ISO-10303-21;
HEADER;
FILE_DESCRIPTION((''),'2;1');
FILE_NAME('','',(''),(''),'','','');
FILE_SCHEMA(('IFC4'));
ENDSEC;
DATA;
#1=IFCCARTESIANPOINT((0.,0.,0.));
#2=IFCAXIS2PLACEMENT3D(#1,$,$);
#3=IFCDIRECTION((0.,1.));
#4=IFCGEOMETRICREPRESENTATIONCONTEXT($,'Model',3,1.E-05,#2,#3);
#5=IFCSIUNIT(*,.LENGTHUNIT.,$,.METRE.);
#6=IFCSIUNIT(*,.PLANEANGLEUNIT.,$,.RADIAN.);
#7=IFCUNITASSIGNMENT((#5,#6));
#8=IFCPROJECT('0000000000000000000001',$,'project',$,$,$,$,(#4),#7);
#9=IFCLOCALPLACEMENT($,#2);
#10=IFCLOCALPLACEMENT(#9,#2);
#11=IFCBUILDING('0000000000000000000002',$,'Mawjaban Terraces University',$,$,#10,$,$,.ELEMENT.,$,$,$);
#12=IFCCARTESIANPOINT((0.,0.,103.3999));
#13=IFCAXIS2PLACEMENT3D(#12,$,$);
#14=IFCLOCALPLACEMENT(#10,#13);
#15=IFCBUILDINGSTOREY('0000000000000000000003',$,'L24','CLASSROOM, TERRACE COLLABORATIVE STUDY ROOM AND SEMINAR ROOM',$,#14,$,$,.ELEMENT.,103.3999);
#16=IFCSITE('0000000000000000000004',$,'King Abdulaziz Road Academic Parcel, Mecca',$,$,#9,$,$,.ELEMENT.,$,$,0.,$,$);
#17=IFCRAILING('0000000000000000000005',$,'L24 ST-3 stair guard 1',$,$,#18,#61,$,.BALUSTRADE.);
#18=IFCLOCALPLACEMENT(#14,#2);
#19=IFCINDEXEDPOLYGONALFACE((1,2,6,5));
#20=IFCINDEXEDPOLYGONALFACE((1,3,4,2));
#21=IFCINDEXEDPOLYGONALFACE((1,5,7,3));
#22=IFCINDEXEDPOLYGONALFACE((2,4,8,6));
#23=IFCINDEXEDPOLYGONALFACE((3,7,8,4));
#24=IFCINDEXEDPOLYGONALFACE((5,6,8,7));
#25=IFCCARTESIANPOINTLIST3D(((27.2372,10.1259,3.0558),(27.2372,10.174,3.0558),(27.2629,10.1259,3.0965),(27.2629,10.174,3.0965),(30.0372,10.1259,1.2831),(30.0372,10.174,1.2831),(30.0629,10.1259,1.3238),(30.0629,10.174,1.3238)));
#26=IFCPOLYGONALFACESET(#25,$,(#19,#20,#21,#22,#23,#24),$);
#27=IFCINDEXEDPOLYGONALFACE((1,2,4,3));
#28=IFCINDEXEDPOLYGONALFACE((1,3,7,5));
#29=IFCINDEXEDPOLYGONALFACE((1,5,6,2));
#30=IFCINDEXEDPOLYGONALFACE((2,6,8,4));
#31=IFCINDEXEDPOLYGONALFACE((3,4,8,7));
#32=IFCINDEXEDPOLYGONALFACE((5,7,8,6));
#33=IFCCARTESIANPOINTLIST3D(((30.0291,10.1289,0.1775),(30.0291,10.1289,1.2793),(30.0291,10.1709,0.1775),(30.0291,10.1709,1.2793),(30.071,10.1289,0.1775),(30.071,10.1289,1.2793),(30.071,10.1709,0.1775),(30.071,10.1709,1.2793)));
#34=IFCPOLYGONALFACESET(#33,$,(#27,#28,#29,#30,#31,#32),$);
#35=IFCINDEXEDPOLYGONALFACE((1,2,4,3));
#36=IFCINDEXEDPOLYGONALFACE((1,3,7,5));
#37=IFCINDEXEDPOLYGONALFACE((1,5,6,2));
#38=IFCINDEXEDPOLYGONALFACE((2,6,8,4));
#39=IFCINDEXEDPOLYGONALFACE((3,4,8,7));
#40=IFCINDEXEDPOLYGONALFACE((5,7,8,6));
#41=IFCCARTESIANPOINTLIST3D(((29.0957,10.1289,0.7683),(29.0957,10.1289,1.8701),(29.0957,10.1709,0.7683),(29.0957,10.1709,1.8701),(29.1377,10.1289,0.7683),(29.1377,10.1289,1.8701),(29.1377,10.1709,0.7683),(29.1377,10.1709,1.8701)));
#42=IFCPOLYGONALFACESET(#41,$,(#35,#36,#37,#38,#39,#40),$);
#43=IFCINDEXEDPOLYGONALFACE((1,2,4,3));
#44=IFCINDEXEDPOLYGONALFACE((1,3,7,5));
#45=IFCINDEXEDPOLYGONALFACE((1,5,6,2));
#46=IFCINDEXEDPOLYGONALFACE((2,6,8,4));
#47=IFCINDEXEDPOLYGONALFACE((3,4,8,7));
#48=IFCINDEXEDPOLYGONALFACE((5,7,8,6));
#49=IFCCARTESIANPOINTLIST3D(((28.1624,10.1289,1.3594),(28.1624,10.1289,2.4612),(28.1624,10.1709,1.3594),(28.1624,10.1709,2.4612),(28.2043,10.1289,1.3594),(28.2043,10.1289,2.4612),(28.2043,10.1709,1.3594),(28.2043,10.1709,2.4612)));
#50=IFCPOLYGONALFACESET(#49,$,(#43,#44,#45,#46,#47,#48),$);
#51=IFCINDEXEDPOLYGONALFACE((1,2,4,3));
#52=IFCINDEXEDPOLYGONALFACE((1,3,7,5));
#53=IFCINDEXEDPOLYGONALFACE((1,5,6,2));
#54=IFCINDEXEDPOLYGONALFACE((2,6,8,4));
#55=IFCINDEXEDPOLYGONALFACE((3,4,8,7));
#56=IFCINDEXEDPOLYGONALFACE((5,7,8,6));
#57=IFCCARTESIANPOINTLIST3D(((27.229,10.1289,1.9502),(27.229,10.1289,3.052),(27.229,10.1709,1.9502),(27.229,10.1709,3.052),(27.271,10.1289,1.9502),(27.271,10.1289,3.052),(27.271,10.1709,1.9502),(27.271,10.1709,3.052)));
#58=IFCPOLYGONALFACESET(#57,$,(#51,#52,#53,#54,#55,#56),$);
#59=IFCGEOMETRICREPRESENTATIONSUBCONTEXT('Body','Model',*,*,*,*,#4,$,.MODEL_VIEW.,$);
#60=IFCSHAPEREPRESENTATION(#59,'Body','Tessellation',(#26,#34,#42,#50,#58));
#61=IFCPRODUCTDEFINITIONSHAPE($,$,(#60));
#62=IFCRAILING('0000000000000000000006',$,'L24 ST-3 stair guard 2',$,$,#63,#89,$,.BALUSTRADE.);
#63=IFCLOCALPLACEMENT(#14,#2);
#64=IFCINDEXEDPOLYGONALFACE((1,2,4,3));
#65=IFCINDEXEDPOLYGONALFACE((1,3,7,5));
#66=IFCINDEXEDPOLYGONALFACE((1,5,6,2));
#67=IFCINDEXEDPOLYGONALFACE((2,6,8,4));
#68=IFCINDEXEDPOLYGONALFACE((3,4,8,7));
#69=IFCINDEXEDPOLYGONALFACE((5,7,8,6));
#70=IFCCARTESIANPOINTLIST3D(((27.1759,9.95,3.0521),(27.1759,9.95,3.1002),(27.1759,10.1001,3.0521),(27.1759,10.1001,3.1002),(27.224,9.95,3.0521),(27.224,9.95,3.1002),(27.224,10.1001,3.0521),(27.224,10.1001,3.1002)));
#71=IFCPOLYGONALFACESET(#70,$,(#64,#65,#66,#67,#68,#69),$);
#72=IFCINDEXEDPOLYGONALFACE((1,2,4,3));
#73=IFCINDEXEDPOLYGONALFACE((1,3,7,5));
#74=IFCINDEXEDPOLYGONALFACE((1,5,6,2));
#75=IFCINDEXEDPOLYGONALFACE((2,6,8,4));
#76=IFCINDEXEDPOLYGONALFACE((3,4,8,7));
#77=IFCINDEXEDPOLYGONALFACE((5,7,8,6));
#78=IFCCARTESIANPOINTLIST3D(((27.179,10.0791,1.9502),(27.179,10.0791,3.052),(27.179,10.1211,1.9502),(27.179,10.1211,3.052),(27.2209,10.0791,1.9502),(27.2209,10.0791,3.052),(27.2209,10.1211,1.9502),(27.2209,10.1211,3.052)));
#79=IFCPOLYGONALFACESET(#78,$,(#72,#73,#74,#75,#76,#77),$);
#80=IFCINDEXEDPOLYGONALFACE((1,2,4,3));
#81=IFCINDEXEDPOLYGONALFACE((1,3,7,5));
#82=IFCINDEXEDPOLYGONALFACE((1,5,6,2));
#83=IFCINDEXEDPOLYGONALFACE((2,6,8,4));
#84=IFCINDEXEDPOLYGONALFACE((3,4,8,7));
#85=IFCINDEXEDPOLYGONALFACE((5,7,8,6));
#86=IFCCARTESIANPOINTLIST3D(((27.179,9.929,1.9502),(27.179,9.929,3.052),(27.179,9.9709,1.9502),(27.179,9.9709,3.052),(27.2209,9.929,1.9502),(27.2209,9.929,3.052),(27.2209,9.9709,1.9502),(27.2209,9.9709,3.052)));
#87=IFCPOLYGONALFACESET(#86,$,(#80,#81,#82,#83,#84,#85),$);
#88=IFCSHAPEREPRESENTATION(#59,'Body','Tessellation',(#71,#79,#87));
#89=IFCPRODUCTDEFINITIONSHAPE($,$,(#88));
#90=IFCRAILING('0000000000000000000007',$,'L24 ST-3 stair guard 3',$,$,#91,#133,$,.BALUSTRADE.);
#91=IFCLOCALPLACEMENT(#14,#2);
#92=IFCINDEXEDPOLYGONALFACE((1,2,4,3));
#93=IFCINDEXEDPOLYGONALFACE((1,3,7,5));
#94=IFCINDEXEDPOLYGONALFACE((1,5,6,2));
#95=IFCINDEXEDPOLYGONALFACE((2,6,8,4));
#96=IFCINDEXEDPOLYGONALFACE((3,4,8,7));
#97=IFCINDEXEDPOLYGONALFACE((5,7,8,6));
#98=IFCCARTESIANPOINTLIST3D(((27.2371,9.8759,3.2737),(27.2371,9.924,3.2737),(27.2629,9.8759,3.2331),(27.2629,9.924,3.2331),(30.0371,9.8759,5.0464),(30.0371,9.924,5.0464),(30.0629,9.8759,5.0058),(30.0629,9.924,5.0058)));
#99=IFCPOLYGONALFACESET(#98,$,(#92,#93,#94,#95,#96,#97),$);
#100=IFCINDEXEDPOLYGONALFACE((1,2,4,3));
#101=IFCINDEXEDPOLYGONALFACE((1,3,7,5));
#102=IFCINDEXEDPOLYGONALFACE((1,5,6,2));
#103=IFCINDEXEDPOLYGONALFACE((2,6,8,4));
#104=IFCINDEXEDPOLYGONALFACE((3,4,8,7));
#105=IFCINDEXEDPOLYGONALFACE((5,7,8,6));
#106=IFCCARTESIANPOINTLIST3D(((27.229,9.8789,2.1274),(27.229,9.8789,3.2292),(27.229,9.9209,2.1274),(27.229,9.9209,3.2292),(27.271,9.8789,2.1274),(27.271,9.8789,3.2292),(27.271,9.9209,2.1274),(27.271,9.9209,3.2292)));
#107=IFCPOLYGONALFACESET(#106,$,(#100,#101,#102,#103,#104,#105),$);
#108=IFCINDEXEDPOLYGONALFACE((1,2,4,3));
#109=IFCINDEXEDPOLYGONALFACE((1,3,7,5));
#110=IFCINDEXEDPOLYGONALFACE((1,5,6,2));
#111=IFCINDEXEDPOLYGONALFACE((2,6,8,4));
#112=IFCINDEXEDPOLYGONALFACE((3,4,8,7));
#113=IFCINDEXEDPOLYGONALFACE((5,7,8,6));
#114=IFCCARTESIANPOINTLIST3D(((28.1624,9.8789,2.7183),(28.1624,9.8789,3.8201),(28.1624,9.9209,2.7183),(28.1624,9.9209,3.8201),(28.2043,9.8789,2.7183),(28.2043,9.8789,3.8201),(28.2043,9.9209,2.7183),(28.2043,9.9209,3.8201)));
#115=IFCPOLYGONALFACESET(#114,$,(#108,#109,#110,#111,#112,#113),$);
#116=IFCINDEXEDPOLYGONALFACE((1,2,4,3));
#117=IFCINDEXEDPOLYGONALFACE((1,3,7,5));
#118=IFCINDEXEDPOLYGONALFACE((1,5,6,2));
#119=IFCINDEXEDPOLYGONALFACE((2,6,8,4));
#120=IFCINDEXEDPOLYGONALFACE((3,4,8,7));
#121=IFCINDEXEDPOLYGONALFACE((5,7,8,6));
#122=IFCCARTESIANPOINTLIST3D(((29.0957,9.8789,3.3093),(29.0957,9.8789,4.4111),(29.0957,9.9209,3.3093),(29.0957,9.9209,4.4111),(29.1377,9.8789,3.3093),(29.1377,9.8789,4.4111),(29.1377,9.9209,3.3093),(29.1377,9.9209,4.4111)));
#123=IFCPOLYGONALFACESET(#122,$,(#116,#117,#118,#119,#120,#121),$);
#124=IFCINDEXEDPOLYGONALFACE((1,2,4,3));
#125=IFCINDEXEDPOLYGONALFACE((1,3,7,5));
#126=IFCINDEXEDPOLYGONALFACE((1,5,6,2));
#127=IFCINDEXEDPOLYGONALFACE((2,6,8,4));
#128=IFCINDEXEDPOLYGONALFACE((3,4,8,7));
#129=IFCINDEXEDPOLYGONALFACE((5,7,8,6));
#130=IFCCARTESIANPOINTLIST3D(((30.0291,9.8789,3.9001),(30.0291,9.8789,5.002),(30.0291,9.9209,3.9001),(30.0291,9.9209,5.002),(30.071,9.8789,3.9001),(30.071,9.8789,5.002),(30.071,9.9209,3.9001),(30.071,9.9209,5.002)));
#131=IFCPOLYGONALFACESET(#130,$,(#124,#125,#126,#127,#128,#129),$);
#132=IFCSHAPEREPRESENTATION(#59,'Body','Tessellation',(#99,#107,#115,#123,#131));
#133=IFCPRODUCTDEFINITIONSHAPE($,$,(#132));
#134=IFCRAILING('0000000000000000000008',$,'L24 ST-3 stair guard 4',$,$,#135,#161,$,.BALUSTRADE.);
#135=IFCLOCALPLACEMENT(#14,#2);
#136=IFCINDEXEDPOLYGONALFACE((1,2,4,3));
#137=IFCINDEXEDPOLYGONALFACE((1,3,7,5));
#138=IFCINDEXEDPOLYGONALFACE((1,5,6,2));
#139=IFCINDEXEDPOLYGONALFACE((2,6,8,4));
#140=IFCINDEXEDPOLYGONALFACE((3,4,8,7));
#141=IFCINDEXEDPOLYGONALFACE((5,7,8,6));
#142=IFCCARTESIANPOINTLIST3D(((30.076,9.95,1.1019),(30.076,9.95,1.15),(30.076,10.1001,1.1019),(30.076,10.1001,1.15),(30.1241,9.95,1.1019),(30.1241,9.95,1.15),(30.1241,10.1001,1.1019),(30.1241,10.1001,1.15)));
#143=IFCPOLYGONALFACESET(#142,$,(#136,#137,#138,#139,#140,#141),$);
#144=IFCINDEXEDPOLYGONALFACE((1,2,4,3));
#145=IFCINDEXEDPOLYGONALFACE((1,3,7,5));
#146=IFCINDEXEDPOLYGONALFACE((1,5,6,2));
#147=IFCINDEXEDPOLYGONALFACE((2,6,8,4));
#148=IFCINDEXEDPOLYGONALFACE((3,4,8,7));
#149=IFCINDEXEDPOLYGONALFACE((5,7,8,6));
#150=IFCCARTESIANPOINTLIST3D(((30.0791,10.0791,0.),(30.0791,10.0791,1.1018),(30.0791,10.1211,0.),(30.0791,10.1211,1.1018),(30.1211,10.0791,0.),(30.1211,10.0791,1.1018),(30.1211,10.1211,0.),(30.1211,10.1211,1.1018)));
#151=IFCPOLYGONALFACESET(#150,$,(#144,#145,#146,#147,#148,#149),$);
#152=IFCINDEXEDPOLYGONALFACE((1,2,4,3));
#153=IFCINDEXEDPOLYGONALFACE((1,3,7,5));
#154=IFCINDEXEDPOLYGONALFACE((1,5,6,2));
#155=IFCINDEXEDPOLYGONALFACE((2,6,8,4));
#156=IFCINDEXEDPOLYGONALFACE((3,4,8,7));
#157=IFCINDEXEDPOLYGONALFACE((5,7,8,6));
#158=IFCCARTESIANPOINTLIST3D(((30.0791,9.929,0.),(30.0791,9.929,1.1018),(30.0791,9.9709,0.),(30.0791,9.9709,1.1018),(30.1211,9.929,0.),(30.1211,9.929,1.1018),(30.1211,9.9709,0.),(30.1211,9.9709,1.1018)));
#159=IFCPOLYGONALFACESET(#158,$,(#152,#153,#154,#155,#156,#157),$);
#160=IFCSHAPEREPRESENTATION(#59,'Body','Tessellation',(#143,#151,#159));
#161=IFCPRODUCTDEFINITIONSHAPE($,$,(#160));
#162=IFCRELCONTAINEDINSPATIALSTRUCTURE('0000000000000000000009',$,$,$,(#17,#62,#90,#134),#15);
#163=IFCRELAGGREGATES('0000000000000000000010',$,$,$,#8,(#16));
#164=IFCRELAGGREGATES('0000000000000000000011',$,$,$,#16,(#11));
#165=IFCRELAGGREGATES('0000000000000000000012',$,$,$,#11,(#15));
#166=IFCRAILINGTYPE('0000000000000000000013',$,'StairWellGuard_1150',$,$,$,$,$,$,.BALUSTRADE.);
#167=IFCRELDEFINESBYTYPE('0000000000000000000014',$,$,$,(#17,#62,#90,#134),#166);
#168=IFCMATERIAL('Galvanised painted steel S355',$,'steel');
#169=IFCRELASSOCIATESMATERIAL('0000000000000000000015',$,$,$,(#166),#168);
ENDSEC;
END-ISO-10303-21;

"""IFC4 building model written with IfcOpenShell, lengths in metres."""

from ifc_helpers import new_model, si_unit, direction, frame, origin, origin_2d, place, context, subcontext, project, spatial, rectangle, extrude, material, type_object, element, save


model = new_model("IFC4")

# Units and contexts
model_context = context("Model", 3, precision=1e-05, world=origin(), true_north=direction((0.0, 1.0)))
body_context = subcontext(model_context, "Body", "Model", "MODEL_VIEW")
ifc_project = project(units=[si_unit("LENGTHUNIT", "METRE"), si_unit("PLANEANGLEUNIT", "RADIAN")], contexts=[model_context])

# Site, building, storey
site_placement = place(None, origin())
site = spatial("IfcSite", under=ifc_project, at=site_placement, Name="King Abdulaziz Road Academic Parcel, Mecca", CompositionType="ELEMENT", RefElevation=0.0)
building_placement = place(site_placement, origin())
building = spatial("IfcBuilding", under=site, at=building_placement, Name="Mawjaban Terraces University", CompositionType="ELEMENT")
storey_placement = place(building_placement, frame((0.0, 0.0, 103.3999)))
storey = spatial("IfcBuildingStorey", under=building, at=storey_placement, Name="L24", Description="CLASSROOM, TERRACE COLLABORATIVE STUDY ROOM AND SEMINAR ROOM", CompositionType="ELEMENT", Elevation=103.3999)

# Railings
ifc_material_1 = material(Name="Galvanised painted steel S355", Category="steel")
railing_type_1 = type_object("IfcRailingType", Name="StairWellGuard_1150", PredefinedType="BALUSTRADE", material=ifc_material_1)
railing_1_placement = place(storey_placement, frame((30.05, 10.1499, 0.1775)))
element("IfcRailing", 1, at=railing_1_placement, inside=storey, type_object=railing_type_1, Name="L24 ST-3 stair guard 1", PredefinedType="BALUSTRADE", context=body_context, shape_type="SweptSolid", body=[
    extrude(rectangle(XDim=0.0481, YDim=0.0481, at=origin_2d()), frame((0.0, 0.0, 1.126), z_axis=(-0.844909, 0.0, 0.53491), x_axis=(0.0, -1.0, 0.0)), (0.0, 0.0, 1.0), 3.314),
    extrude(rectangle(XDim=0.042, YDim=0.042, at=origin_2d()), origin(), (0.0, 0.0, 1.0), 1.1018),
    extrude(rectangle(XDim=0.042, YDim=0.042, at=origin_2d()), frame((-0.9333, 0.0, 0.5908)), (0.0, 0.0, 1.0), 1.1018),
    extrude(rectangle(XDim=0.042, YDim=0.042, at=origin_2d()), frame((-1.8667, 0.0, 1.1819)), (0.0, 0.0, 1.0), 1.1018),
    extrude(rectangle(XDim=0.042, YDim=0.042, at=origin_2d()), frame((-2.8, 0.0, 1.7727)), (0.0, 0.0, 1.0), 1.1018),
])
railing_2_placement = place(storey_placement, frame((27.2, 10.1001, 1.9502)))
element("IfcRailing", 2, at=railing_2_placement, inside=storey, type_object=railing_type_1, Name="L24 ST-3 stair guard 2", PredefinedType="BALUSTRADE", context=body_context, shape_type="SweptSolid", body=[
    extrude(rectangle(XDim=0.0481, YDim=0.0481, at=origin_2d()), frame((0.0, 0.0, 1.126), z_axis=(0.0, -1.0, 0.0), x_axis=(1.0, 0.0, 0.0)), (0.0, 0.0, 1.0), 0.1501),
    extrude(rectangle(XDim=0.042, YDim=0.042, at=origin_2d()), origin(), (0.0, 0.0, 1.0), 1.1018),
    extrude(rectangle(XDim=0.042, YDim=0.042, at=origin_2d()), frame((0.0, -0.1501, 0.0)), (0.0, 0.0, 1.0), 1.1018),
])
railing_3_placement = place(storey_placement, frame((27.25, 9.8999, 2.1274)))
element("IfcRailing", 3, at=railing_3_placement, inside=storey, type_object=railing_type_1, Name="L24 ST-3 stair guard 3", PredefinedType="BALUSTRADE", context=body_context, shape_type="SweptSolid", body=[
    extrude(rectangle(XDim=0.0481, YDim=0.0481, at=origin_2d()), frame((0.0, 0.0, 1.126), z_axis=(0.844909, 0.0, 0.53491), x_axis=(0.0, 1.0, 0.0)), (0.0, 0.0, 1.0), 3.314),
    extrude(rectangle(XDim=0.042, YDim=0.042, at=origin_2d()), origin(), (0.0, 0.0, 1.0), 1.1018),
    extrude(rectangle(XDim=0.042, YDim=0.042, at=origin_2d()), frame((0.9333, 0.0, 0.5908)), (0.0, 0.0, 1.0), 1.1018),
    extrude(rectangle(XDim=0.042, YDim=0.042, at=origin_2d()), frame((1.8667, 0.0, 1.1819)), (0.0, 0.0, 1.0), 1.1018),
    extrude(rectangle(XDim=0.042, YDim=0.042, at=origin_2d()), frame((2.8, 0.0, 1.7727)), (0.0, 0.0, 1.0), 1.1018),
])
railing_4_placement = place(storey_placement, frame((30.1001, 10.1001, 0.0)))
element("IfcRailing", 4, at=railing_4_placement, inside=storey, type_object=railing_type_1, Name="L24 ST-3 stair guard 4", PredefinedType="BALUSTRADE", context=body_context, shape_type="SweptSolid", body=[
    extrude(rectangle(XDim=0.0481, YDim=0.0481, at=origin_2d()), frame((0.0, 0.0, 1.126), z_axis=(0.0, -1.0, 0.0), x_axis=(1.0, 0.0, 0.0)), (0.0, 0.0, 1.0), 0.1501),
    extrude(rectangle(XDim=0.042, YDim=0.042, at=origin_2d()), origin(), (0.0, 0.0, 1.0), 1.1018),
    extrude(rectangle(XDim=0.042, YDim=0.042, at=origin_2d()), frame((0.0, -0.1501, 0.0)), (0.0, 0.0, 1.0), 1.1018),
])

save(model, "model.ifc")
